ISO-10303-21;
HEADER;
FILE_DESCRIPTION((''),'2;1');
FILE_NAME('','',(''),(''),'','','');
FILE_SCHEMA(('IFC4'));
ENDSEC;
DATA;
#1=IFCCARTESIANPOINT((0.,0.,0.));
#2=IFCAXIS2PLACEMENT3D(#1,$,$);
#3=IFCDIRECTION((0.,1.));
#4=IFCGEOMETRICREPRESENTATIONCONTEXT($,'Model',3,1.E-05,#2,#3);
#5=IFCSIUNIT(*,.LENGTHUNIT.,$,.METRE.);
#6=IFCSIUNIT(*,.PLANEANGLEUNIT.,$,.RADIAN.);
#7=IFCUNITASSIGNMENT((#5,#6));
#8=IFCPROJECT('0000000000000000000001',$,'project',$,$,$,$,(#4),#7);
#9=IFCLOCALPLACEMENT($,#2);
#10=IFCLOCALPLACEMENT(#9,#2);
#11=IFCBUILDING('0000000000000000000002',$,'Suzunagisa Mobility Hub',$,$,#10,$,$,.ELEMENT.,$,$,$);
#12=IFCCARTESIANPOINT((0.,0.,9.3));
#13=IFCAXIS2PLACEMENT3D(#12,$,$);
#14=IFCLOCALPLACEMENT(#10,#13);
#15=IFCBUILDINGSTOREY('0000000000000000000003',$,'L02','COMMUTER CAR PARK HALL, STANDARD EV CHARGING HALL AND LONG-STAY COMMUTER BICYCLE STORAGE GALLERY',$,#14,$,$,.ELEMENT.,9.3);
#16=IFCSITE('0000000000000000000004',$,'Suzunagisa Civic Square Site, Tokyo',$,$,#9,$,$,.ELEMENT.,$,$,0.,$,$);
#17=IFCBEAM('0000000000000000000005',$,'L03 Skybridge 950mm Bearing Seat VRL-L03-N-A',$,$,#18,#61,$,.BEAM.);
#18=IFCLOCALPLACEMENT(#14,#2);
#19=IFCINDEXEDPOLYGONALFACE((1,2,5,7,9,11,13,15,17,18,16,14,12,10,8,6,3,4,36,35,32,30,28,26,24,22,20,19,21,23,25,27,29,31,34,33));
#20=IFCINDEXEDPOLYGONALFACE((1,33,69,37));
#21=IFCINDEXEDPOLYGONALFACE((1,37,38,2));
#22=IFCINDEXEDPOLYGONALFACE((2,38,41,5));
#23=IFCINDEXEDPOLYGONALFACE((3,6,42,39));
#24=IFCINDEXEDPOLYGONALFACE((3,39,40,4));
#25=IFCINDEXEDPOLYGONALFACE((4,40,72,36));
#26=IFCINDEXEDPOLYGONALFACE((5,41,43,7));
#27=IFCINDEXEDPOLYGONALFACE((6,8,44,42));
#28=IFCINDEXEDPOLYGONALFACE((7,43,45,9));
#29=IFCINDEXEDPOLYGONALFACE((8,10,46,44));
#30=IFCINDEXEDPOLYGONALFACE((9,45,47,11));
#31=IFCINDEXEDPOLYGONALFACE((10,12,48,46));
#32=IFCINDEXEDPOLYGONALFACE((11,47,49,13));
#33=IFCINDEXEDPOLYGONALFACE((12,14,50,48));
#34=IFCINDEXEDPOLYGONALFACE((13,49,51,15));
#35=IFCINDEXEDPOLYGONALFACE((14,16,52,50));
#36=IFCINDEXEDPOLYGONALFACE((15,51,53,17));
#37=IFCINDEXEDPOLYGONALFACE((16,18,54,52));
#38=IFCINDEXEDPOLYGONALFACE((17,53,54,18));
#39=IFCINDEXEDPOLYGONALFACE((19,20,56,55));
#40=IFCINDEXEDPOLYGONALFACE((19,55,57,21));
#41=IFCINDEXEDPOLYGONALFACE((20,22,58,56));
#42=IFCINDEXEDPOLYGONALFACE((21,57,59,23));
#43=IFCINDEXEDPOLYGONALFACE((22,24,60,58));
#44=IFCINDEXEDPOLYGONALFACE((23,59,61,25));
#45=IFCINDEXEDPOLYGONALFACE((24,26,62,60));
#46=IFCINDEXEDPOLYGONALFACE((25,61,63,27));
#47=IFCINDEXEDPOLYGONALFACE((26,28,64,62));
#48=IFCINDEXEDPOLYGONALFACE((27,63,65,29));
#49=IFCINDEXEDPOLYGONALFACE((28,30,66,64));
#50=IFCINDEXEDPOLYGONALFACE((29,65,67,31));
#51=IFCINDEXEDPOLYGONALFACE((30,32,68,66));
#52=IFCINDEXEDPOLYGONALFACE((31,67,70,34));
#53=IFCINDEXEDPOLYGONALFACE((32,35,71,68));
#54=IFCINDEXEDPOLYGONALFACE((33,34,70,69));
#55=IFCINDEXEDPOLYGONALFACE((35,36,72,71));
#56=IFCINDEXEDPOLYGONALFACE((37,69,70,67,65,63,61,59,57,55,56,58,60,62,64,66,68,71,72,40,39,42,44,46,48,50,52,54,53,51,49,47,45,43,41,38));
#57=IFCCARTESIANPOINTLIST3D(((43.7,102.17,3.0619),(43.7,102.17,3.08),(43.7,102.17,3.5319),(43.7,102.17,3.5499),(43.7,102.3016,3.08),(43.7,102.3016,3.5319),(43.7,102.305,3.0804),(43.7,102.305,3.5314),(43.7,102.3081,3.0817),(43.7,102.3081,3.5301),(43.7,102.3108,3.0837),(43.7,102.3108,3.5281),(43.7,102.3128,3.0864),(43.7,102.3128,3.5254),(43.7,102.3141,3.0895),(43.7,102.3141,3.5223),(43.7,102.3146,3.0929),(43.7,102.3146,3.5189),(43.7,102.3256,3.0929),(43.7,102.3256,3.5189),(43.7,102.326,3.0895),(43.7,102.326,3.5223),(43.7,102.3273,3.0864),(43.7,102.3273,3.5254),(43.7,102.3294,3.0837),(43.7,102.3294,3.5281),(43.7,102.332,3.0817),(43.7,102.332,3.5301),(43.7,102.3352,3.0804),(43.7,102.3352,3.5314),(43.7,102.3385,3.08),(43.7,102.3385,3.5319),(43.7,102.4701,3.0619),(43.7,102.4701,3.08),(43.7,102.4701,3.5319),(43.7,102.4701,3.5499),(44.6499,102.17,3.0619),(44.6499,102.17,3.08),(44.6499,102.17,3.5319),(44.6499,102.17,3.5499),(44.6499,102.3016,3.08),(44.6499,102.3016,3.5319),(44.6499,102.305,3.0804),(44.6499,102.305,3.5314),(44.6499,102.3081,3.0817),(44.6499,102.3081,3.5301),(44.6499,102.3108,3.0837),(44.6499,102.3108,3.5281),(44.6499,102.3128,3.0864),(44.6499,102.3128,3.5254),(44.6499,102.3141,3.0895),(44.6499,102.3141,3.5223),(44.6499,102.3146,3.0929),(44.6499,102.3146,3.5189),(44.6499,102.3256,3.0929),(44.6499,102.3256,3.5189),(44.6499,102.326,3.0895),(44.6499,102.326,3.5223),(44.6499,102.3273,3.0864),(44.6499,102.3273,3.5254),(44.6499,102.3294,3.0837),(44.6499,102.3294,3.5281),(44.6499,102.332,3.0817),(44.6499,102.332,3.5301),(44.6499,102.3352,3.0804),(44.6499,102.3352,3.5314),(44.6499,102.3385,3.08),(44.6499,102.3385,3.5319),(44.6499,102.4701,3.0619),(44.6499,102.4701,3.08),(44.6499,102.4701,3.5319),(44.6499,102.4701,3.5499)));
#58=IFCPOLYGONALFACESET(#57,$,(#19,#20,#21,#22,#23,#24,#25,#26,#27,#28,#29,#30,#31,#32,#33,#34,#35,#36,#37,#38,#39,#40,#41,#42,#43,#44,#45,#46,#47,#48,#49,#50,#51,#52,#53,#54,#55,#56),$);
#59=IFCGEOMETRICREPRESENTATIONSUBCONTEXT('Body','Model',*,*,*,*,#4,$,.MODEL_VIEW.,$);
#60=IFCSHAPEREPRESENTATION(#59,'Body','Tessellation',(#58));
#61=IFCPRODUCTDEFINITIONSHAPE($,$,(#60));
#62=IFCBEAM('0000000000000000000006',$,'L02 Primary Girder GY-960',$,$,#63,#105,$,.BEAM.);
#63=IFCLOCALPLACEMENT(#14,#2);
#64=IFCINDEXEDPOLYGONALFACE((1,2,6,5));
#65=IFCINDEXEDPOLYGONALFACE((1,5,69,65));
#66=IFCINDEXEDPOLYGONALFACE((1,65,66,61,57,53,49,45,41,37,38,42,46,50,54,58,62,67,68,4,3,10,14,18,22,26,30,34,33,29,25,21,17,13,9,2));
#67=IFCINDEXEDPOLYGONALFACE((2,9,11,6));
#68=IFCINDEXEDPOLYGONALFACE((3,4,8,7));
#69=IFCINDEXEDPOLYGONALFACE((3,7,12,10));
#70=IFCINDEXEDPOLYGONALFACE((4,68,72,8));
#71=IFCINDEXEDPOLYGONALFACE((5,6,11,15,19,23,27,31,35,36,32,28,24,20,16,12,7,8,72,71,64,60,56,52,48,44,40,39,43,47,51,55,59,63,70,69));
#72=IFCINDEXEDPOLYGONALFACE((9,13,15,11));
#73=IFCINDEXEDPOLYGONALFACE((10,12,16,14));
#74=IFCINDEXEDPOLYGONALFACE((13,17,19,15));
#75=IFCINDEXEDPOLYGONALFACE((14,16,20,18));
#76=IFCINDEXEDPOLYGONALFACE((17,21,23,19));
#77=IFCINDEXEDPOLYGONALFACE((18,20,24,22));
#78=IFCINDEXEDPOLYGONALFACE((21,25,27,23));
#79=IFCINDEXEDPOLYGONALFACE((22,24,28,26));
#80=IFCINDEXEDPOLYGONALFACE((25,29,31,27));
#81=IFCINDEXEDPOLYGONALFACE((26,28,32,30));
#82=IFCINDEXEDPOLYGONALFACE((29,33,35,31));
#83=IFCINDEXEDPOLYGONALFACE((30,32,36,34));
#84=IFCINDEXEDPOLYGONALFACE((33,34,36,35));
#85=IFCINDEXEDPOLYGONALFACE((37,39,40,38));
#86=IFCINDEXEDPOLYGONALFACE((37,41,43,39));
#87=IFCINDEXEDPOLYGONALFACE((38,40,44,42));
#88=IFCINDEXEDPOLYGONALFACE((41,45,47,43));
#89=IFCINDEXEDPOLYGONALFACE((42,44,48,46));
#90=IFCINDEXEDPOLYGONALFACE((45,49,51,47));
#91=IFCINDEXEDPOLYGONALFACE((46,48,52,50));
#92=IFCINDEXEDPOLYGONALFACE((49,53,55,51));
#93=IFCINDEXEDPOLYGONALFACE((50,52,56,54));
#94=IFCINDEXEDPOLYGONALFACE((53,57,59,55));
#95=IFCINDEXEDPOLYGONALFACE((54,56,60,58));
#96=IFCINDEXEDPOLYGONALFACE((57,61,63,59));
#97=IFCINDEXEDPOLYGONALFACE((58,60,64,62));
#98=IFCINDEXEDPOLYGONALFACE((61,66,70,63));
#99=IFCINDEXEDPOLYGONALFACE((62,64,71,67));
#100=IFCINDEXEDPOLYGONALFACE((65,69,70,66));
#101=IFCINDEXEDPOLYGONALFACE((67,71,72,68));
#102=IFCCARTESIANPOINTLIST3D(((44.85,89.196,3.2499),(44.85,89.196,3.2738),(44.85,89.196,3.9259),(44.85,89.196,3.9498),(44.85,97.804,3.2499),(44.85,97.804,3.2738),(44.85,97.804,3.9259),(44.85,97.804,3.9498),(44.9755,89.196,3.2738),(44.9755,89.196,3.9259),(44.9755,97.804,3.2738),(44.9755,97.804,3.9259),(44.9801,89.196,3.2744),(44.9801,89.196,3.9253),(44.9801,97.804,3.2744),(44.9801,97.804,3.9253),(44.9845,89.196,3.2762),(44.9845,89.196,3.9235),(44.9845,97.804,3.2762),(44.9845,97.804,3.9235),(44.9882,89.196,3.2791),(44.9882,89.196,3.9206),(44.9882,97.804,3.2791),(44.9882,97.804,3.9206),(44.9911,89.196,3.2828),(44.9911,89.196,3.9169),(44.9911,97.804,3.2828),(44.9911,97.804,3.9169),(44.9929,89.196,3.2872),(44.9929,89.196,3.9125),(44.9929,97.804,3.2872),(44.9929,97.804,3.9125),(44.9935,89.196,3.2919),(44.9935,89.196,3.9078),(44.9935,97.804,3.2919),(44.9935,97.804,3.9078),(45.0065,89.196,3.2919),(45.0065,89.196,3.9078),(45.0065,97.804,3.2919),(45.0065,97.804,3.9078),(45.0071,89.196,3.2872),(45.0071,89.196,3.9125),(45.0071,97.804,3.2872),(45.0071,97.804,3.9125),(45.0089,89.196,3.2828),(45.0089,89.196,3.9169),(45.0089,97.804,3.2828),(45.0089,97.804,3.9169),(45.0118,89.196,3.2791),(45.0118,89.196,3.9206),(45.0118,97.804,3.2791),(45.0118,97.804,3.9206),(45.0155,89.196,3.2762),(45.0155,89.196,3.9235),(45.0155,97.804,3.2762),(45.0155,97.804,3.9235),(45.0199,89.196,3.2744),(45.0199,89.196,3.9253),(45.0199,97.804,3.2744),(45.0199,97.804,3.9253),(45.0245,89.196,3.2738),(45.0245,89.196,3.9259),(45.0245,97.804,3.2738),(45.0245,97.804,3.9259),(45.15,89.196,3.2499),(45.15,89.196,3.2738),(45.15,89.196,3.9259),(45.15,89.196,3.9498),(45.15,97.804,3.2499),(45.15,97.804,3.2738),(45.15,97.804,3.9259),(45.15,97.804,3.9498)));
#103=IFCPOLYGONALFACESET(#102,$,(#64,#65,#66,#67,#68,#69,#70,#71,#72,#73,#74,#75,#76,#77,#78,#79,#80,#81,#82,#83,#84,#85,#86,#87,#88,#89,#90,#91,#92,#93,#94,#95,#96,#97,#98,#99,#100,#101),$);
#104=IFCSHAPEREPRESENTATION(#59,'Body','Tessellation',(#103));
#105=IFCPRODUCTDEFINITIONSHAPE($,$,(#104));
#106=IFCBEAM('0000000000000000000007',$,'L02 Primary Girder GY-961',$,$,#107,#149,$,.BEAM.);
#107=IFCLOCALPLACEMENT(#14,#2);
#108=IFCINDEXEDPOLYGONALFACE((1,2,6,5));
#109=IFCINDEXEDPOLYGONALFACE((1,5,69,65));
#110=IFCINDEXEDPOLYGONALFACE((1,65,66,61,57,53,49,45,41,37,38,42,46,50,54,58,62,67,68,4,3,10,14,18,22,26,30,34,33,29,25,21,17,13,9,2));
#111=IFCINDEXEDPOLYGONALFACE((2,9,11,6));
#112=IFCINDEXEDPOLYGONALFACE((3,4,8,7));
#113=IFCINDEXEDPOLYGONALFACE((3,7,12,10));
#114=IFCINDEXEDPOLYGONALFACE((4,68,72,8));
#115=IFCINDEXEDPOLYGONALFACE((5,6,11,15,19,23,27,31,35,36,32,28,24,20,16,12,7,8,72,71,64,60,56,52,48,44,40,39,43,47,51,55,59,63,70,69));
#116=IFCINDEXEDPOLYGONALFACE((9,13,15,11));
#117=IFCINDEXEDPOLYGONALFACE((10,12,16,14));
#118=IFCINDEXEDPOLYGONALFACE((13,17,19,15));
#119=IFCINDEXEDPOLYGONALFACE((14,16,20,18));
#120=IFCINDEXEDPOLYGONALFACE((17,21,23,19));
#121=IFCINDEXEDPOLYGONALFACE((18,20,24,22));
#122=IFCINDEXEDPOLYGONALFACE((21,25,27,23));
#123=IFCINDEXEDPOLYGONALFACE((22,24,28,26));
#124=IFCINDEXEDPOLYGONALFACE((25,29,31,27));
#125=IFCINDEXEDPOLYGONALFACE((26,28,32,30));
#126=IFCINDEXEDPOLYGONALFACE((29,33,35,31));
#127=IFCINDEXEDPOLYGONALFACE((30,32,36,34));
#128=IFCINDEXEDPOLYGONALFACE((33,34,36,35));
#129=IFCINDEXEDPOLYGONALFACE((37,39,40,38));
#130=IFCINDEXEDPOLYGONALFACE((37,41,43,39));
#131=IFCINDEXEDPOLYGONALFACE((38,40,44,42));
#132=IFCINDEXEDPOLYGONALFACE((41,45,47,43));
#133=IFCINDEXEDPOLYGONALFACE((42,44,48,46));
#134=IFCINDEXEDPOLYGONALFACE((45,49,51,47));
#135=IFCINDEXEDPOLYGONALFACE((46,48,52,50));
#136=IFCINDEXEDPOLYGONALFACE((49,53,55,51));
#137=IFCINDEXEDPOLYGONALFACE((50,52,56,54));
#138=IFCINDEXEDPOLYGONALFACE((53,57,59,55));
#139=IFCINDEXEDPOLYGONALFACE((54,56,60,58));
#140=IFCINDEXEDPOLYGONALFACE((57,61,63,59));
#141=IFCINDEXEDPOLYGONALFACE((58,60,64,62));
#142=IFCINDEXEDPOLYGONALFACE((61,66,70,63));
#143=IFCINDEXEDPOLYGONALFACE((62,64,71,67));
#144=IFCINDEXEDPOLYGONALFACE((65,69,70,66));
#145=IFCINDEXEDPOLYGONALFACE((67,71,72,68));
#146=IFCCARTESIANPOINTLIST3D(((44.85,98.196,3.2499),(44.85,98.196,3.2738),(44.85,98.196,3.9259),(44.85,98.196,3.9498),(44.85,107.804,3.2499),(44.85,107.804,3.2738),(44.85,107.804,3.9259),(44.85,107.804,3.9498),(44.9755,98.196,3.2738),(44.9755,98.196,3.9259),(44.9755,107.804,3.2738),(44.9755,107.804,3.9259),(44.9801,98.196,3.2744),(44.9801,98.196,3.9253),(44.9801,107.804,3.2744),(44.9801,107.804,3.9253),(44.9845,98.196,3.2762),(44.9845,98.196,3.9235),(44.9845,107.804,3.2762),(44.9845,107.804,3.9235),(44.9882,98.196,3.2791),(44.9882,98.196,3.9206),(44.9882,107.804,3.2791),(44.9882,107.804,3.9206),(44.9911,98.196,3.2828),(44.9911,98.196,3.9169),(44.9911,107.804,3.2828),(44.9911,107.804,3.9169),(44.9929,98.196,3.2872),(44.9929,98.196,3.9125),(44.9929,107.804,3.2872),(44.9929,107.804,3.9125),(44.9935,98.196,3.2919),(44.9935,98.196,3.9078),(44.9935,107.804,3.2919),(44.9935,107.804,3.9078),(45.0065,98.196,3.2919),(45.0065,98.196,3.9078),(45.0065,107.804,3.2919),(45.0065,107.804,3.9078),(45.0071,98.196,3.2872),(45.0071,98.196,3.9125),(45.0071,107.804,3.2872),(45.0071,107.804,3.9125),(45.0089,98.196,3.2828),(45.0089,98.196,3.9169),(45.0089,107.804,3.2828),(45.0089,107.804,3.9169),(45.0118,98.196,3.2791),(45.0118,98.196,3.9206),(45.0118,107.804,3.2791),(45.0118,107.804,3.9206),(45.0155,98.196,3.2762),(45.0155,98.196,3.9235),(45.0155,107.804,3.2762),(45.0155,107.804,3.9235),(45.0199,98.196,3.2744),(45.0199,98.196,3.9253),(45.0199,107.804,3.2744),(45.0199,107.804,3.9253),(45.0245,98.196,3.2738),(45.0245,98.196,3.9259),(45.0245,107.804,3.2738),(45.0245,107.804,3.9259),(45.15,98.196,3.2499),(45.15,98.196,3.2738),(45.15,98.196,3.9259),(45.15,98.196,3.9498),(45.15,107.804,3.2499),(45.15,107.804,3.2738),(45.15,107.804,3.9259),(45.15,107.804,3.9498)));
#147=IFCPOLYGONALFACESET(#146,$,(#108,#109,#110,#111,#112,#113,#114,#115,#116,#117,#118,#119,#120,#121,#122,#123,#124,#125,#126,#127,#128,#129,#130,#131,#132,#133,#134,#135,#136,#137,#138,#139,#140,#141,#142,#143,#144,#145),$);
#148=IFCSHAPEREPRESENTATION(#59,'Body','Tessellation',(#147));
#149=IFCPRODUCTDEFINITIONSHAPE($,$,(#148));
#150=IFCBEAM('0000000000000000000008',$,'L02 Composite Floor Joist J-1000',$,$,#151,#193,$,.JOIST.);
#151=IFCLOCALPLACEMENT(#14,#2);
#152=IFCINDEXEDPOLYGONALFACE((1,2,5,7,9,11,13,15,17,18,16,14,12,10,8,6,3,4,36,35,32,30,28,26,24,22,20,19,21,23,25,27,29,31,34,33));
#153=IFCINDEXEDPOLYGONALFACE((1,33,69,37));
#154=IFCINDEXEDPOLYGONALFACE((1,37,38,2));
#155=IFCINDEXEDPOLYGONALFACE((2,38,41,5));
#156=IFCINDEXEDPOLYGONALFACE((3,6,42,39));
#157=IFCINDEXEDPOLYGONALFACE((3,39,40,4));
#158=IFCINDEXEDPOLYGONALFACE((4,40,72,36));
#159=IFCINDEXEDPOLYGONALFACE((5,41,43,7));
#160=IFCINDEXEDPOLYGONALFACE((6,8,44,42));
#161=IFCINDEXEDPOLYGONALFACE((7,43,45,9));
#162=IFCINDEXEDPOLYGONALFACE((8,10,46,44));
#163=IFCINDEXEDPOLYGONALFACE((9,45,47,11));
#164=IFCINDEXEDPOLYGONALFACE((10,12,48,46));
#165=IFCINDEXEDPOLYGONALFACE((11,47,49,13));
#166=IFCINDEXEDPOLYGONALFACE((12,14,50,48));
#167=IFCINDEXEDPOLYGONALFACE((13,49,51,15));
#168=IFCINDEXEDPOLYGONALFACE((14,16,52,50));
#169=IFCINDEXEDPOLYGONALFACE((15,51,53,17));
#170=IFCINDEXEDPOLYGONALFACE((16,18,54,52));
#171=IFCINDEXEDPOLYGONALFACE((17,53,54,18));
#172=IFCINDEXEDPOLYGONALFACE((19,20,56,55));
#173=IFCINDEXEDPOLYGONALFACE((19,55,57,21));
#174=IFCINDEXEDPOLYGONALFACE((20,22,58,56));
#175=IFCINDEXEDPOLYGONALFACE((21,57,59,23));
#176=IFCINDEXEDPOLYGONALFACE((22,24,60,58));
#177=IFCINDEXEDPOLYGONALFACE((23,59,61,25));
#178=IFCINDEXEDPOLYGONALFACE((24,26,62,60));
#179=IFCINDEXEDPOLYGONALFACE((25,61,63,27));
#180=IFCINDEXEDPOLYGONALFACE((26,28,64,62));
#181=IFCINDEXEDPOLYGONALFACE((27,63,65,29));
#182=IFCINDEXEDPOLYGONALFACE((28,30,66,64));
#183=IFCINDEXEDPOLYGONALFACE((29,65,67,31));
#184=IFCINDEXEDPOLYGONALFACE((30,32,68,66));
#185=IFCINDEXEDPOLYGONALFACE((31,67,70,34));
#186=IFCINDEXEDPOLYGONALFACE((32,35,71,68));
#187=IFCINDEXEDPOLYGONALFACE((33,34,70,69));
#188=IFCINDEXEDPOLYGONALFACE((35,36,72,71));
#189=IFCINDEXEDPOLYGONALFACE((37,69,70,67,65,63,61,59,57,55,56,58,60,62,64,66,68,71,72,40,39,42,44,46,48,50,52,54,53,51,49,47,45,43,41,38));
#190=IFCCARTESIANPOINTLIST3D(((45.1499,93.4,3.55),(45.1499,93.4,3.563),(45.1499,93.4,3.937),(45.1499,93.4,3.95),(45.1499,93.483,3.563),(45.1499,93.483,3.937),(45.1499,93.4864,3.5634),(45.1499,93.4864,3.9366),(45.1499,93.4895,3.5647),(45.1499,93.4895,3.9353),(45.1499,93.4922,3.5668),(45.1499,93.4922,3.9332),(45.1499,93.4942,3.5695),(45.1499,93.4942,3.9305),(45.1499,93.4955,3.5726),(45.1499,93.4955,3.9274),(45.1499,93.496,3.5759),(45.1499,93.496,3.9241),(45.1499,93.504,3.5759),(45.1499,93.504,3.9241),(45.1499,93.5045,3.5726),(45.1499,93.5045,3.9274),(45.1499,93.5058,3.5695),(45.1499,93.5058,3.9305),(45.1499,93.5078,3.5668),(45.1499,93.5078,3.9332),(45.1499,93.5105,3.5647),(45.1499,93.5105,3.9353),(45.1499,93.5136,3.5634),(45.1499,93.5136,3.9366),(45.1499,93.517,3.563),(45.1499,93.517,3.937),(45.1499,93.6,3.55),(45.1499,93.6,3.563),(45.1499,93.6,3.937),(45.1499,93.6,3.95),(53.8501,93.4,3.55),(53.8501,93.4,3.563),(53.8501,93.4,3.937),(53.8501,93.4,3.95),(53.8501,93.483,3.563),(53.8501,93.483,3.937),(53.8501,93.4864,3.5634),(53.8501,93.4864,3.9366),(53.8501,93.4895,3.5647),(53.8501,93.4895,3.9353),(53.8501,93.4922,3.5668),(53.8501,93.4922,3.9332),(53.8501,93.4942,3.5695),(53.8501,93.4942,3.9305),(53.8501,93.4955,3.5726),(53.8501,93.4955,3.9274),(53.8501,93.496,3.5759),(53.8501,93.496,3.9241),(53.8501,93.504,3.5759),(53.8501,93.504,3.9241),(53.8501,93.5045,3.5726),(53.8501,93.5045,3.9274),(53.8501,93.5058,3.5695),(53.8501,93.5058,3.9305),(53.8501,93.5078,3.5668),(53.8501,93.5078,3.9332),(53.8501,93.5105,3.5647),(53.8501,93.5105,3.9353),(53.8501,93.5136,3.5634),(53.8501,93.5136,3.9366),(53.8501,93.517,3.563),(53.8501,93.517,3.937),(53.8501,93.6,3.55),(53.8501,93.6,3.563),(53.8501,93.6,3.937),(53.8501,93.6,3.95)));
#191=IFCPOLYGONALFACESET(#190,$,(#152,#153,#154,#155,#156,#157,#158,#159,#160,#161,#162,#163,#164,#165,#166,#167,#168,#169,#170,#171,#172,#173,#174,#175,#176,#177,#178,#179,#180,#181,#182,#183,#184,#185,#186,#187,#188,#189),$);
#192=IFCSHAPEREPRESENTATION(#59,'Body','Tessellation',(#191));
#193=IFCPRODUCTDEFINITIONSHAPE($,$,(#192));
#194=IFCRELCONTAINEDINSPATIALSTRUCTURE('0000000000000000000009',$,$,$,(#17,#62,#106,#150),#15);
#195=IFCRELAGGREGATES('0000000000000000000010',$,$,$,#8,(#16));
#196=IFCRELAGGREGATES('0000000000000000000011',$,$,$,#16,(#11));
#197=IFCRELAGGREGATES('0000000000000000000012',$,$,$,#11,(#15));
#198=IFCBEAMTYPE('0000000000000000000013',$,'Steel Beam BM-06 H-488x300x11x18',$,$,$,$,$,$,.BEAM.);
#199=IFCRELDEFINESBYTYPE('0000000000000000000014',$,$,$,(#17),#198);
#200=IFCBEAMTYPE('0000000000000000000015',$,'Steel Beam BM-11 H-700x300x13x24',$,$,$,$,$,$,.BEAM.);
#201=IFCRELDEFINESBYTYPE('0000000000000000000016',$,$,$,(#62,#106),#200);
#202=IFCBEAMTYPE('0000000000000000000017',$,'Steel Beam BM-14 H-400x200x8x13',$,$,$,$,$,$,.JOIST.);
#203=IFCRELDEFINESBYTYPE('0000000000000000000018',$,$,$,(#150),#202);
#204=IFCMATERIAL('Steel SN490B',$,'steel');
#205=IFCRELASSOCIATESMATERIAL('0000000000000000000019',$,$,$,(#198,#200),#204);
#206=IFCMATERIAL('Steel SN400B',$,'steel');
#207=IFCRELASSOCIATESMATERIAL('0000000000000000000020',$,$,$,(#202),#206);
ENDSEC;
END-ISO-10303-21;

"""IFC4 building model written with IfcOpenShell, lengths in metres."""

from ifc_helpers import new_model, si_unit, direction, frame, origin, origin_2d, place, context, subcontext, project, spatial, i_section, extrude, material, material_profile, profile_set, type_object, element, save


model = new_model("IFC4")

# Units and contexts
model_context = context("Model", 3, precision=1e-05, world=origin(), true_north=direction((0.0, 1.0)))
body_context = subcontext(model_context, "Body", "Model", "MODEL_VIEW")
ifc_project = project(units=[si_unit("LENGTHUNIT", "METRE"), si_unit("PLANEANGLEUNIT", "RADIAN")], contexts=[model_context])

# Site, building, storey
site_placement = place(None, origin())
site = spatial("IfcSite", under=ifc_project, at=site_placement, Name="Suzunagisa Civic Square Site, Tokyo", CompositionType="ELEMENT", RefElevation=0.0)
building_placement = place(site_placement, origin())
building = spatial("IfcBuilding", under=site, at=building_placement, Name="Suzunagisa Mobility Hub", CompositionType="ELEMENT")
storey_placement = place(building_placement, frame((0.0, 0.0, 9.3)))
storey = spatial("IfcBuildingStorey", under=building, at=storey_placement, Name="L02", Description="COMMUTER CAR PARK HALL, STANDARD EV CHARGING HALL AND LONG-STAY COMMUTER BICYCLE STORAGE GALLERY", CompositionType="ELEMENT", Elevation=9.3)

# Shared definitions
ifc_material_1 = material(Name="Steel SN490B", Category="steel")

# Beams
ifc_material_profile_1 = material_profile(ifc_material_1, i_section(OverallWidth=0.3, OverallDepth=0.488, WebThickness=0.011, FlangeThickness=0.0181, FilletRadius=0.0129, at=origin_2d()), Name="H-488x300x11x18")
ifc_profile_set_1 = profile_set([ifc_material_profile_1], Name="Steel SN490B")
beam_type_1 = type_object("IfcBeamType", Name="Steel Beam BM-06 H-488x300x11x18", PredefinedType="BEAM", material=ifc_profile_set_1)
beam_1_placement = place(storey_placement, frame((43.7, 102.3201, 3.3059), z_axis=(1.0, 0.0, 0.0), x_axis=(0.0, 1.0, 0.0)))
element("IfcBeam", 1, at=beam_1_placement, inside=storey, type_object=beam_type_1, Name="L03 Skybridge 950mm Bearing Seat VRL-L03-N-A", PredefinedType="BEAM", context=body_context, shape_type="SweptSolid", body=[
    extrude(i_section(OverallWidth=0.3, OverallDepth=0.488, WebThickness=0.011, FlangeThickness=0.0181, FilletRadius=0.0129, at=origin_2d()), origin(), (0.0, 0.0, 1.0), 0.95),
])
ifc_material_profile_2 = material_profile(ifc_material_1, i_section(OverallWidth=0.3, OverallDepth=0.7, WebThickness=0.0129, FlangeThickness=0.0239, FilletRadius=0.0181, at=origin_2d()), Name="H-700x300x13x24")
ifc_profile_set_2 = profile_set([ifc_material_profile_2], Name="Steel SN490B")
beam_type_2 = type_object("IfcBeamType", Name="Steel Beam BM-11 H-700x300x13x24", PredefinedType="BEAM", material=ifc_profile_set_2)
beam_2_placement = place(storey_placement, frame((45.0, 89.196, 3.5999), z_axis=(0.0, 1.0, 0.0), x_axis=(-1.0, 0.0, 0.0)))
element("IfcBeam", 2, at=beam_2_placement, inside=storey, type_object=beam_type_2, Name="L02 Primary Girder GY-960", PredefinedType="BEAM", context=body_context, shape_type="SweptSolid", body=[
    extrude(i_section(OverallWidth=0.3, OverallDepth=0.7, WebThickness=0.0129, FlangeThickness=0.0239, FilletRadius=0.0181, at=origin_2d()), origin(), (0.0, 0.0, 1.0), 8.6079),
])
beam_3_placement = place(storey_placement, frame((45.0, 98.196, 3.5999), z_axis=(0.0, 1.0, 0.0), x_axis=(-1.0, 0.0, 0.0)))
element("IfcBeam", 3, at=beam_3_placement, inside=storey, type_object=beam_type_2, Name="L02 Primary Girder GY-961", PredefinedType="BEAM", context=body_context, shape_type="SweptSolid", body=[
    extrude(i_section(OverallWidth=0.3, OverallDepth=0.7, WebThickness=0.0129, FlangeThickness=0.0239, FilletRadius=0.0181, at=origin_2d()), origin(), (0.0, 0.0, 1.0), 9.6079),
])
ifc_material_2 = material(Name="Steel SN400B", Category="steel")
ifc_material_profile_3 = material_profile(ifc_material_2, i_section(OverallWidth=0.2, OverallDepth=0.3999, WebThickness=0.0081, FlangeThickness=0.0129, FilletRadius=0.0129, at=origin_2d()), Name="H-400x200x8x13")
ifc_profile_set_3 = profile_set([ifc_material_profile_3], Name="Steel SN400B")
beam_type_3 = type_object("IfcBeamType", Name="Steel Beam BM-14 H-400x200x8x13", PredefinedType="JOIST", material=ifc_profile_set_3)
for number, where, z_axis, x_axis, name in (
    (4, (45.1499, 93.5, 3.75), (1.0, 0.0, 0.0), (0.0, 1.0, 0.0), "L02 Composite Floor Joist J-1000"),
):
    element("IfcBeam", number, at=place(storey_placement, frame(where, z_axis=z_axis, x_axis=x_axis)), inside=storey, type_object=beam_type_3, Name=name, PredefinedType="JOIST", context=body_context, shape_type="SweptSolid", body=[
        extrude(i_section(OverallWidth=0.2, OverallDepth=0.3999, WebThickness=0.0081, FlangeThickness=0.0129, FilletRadius=0.0129, at=origin_2d()), origin(), (0.0, 0.0, 1.0), 8.7002),
    ])

save(model, "model.ifc")
